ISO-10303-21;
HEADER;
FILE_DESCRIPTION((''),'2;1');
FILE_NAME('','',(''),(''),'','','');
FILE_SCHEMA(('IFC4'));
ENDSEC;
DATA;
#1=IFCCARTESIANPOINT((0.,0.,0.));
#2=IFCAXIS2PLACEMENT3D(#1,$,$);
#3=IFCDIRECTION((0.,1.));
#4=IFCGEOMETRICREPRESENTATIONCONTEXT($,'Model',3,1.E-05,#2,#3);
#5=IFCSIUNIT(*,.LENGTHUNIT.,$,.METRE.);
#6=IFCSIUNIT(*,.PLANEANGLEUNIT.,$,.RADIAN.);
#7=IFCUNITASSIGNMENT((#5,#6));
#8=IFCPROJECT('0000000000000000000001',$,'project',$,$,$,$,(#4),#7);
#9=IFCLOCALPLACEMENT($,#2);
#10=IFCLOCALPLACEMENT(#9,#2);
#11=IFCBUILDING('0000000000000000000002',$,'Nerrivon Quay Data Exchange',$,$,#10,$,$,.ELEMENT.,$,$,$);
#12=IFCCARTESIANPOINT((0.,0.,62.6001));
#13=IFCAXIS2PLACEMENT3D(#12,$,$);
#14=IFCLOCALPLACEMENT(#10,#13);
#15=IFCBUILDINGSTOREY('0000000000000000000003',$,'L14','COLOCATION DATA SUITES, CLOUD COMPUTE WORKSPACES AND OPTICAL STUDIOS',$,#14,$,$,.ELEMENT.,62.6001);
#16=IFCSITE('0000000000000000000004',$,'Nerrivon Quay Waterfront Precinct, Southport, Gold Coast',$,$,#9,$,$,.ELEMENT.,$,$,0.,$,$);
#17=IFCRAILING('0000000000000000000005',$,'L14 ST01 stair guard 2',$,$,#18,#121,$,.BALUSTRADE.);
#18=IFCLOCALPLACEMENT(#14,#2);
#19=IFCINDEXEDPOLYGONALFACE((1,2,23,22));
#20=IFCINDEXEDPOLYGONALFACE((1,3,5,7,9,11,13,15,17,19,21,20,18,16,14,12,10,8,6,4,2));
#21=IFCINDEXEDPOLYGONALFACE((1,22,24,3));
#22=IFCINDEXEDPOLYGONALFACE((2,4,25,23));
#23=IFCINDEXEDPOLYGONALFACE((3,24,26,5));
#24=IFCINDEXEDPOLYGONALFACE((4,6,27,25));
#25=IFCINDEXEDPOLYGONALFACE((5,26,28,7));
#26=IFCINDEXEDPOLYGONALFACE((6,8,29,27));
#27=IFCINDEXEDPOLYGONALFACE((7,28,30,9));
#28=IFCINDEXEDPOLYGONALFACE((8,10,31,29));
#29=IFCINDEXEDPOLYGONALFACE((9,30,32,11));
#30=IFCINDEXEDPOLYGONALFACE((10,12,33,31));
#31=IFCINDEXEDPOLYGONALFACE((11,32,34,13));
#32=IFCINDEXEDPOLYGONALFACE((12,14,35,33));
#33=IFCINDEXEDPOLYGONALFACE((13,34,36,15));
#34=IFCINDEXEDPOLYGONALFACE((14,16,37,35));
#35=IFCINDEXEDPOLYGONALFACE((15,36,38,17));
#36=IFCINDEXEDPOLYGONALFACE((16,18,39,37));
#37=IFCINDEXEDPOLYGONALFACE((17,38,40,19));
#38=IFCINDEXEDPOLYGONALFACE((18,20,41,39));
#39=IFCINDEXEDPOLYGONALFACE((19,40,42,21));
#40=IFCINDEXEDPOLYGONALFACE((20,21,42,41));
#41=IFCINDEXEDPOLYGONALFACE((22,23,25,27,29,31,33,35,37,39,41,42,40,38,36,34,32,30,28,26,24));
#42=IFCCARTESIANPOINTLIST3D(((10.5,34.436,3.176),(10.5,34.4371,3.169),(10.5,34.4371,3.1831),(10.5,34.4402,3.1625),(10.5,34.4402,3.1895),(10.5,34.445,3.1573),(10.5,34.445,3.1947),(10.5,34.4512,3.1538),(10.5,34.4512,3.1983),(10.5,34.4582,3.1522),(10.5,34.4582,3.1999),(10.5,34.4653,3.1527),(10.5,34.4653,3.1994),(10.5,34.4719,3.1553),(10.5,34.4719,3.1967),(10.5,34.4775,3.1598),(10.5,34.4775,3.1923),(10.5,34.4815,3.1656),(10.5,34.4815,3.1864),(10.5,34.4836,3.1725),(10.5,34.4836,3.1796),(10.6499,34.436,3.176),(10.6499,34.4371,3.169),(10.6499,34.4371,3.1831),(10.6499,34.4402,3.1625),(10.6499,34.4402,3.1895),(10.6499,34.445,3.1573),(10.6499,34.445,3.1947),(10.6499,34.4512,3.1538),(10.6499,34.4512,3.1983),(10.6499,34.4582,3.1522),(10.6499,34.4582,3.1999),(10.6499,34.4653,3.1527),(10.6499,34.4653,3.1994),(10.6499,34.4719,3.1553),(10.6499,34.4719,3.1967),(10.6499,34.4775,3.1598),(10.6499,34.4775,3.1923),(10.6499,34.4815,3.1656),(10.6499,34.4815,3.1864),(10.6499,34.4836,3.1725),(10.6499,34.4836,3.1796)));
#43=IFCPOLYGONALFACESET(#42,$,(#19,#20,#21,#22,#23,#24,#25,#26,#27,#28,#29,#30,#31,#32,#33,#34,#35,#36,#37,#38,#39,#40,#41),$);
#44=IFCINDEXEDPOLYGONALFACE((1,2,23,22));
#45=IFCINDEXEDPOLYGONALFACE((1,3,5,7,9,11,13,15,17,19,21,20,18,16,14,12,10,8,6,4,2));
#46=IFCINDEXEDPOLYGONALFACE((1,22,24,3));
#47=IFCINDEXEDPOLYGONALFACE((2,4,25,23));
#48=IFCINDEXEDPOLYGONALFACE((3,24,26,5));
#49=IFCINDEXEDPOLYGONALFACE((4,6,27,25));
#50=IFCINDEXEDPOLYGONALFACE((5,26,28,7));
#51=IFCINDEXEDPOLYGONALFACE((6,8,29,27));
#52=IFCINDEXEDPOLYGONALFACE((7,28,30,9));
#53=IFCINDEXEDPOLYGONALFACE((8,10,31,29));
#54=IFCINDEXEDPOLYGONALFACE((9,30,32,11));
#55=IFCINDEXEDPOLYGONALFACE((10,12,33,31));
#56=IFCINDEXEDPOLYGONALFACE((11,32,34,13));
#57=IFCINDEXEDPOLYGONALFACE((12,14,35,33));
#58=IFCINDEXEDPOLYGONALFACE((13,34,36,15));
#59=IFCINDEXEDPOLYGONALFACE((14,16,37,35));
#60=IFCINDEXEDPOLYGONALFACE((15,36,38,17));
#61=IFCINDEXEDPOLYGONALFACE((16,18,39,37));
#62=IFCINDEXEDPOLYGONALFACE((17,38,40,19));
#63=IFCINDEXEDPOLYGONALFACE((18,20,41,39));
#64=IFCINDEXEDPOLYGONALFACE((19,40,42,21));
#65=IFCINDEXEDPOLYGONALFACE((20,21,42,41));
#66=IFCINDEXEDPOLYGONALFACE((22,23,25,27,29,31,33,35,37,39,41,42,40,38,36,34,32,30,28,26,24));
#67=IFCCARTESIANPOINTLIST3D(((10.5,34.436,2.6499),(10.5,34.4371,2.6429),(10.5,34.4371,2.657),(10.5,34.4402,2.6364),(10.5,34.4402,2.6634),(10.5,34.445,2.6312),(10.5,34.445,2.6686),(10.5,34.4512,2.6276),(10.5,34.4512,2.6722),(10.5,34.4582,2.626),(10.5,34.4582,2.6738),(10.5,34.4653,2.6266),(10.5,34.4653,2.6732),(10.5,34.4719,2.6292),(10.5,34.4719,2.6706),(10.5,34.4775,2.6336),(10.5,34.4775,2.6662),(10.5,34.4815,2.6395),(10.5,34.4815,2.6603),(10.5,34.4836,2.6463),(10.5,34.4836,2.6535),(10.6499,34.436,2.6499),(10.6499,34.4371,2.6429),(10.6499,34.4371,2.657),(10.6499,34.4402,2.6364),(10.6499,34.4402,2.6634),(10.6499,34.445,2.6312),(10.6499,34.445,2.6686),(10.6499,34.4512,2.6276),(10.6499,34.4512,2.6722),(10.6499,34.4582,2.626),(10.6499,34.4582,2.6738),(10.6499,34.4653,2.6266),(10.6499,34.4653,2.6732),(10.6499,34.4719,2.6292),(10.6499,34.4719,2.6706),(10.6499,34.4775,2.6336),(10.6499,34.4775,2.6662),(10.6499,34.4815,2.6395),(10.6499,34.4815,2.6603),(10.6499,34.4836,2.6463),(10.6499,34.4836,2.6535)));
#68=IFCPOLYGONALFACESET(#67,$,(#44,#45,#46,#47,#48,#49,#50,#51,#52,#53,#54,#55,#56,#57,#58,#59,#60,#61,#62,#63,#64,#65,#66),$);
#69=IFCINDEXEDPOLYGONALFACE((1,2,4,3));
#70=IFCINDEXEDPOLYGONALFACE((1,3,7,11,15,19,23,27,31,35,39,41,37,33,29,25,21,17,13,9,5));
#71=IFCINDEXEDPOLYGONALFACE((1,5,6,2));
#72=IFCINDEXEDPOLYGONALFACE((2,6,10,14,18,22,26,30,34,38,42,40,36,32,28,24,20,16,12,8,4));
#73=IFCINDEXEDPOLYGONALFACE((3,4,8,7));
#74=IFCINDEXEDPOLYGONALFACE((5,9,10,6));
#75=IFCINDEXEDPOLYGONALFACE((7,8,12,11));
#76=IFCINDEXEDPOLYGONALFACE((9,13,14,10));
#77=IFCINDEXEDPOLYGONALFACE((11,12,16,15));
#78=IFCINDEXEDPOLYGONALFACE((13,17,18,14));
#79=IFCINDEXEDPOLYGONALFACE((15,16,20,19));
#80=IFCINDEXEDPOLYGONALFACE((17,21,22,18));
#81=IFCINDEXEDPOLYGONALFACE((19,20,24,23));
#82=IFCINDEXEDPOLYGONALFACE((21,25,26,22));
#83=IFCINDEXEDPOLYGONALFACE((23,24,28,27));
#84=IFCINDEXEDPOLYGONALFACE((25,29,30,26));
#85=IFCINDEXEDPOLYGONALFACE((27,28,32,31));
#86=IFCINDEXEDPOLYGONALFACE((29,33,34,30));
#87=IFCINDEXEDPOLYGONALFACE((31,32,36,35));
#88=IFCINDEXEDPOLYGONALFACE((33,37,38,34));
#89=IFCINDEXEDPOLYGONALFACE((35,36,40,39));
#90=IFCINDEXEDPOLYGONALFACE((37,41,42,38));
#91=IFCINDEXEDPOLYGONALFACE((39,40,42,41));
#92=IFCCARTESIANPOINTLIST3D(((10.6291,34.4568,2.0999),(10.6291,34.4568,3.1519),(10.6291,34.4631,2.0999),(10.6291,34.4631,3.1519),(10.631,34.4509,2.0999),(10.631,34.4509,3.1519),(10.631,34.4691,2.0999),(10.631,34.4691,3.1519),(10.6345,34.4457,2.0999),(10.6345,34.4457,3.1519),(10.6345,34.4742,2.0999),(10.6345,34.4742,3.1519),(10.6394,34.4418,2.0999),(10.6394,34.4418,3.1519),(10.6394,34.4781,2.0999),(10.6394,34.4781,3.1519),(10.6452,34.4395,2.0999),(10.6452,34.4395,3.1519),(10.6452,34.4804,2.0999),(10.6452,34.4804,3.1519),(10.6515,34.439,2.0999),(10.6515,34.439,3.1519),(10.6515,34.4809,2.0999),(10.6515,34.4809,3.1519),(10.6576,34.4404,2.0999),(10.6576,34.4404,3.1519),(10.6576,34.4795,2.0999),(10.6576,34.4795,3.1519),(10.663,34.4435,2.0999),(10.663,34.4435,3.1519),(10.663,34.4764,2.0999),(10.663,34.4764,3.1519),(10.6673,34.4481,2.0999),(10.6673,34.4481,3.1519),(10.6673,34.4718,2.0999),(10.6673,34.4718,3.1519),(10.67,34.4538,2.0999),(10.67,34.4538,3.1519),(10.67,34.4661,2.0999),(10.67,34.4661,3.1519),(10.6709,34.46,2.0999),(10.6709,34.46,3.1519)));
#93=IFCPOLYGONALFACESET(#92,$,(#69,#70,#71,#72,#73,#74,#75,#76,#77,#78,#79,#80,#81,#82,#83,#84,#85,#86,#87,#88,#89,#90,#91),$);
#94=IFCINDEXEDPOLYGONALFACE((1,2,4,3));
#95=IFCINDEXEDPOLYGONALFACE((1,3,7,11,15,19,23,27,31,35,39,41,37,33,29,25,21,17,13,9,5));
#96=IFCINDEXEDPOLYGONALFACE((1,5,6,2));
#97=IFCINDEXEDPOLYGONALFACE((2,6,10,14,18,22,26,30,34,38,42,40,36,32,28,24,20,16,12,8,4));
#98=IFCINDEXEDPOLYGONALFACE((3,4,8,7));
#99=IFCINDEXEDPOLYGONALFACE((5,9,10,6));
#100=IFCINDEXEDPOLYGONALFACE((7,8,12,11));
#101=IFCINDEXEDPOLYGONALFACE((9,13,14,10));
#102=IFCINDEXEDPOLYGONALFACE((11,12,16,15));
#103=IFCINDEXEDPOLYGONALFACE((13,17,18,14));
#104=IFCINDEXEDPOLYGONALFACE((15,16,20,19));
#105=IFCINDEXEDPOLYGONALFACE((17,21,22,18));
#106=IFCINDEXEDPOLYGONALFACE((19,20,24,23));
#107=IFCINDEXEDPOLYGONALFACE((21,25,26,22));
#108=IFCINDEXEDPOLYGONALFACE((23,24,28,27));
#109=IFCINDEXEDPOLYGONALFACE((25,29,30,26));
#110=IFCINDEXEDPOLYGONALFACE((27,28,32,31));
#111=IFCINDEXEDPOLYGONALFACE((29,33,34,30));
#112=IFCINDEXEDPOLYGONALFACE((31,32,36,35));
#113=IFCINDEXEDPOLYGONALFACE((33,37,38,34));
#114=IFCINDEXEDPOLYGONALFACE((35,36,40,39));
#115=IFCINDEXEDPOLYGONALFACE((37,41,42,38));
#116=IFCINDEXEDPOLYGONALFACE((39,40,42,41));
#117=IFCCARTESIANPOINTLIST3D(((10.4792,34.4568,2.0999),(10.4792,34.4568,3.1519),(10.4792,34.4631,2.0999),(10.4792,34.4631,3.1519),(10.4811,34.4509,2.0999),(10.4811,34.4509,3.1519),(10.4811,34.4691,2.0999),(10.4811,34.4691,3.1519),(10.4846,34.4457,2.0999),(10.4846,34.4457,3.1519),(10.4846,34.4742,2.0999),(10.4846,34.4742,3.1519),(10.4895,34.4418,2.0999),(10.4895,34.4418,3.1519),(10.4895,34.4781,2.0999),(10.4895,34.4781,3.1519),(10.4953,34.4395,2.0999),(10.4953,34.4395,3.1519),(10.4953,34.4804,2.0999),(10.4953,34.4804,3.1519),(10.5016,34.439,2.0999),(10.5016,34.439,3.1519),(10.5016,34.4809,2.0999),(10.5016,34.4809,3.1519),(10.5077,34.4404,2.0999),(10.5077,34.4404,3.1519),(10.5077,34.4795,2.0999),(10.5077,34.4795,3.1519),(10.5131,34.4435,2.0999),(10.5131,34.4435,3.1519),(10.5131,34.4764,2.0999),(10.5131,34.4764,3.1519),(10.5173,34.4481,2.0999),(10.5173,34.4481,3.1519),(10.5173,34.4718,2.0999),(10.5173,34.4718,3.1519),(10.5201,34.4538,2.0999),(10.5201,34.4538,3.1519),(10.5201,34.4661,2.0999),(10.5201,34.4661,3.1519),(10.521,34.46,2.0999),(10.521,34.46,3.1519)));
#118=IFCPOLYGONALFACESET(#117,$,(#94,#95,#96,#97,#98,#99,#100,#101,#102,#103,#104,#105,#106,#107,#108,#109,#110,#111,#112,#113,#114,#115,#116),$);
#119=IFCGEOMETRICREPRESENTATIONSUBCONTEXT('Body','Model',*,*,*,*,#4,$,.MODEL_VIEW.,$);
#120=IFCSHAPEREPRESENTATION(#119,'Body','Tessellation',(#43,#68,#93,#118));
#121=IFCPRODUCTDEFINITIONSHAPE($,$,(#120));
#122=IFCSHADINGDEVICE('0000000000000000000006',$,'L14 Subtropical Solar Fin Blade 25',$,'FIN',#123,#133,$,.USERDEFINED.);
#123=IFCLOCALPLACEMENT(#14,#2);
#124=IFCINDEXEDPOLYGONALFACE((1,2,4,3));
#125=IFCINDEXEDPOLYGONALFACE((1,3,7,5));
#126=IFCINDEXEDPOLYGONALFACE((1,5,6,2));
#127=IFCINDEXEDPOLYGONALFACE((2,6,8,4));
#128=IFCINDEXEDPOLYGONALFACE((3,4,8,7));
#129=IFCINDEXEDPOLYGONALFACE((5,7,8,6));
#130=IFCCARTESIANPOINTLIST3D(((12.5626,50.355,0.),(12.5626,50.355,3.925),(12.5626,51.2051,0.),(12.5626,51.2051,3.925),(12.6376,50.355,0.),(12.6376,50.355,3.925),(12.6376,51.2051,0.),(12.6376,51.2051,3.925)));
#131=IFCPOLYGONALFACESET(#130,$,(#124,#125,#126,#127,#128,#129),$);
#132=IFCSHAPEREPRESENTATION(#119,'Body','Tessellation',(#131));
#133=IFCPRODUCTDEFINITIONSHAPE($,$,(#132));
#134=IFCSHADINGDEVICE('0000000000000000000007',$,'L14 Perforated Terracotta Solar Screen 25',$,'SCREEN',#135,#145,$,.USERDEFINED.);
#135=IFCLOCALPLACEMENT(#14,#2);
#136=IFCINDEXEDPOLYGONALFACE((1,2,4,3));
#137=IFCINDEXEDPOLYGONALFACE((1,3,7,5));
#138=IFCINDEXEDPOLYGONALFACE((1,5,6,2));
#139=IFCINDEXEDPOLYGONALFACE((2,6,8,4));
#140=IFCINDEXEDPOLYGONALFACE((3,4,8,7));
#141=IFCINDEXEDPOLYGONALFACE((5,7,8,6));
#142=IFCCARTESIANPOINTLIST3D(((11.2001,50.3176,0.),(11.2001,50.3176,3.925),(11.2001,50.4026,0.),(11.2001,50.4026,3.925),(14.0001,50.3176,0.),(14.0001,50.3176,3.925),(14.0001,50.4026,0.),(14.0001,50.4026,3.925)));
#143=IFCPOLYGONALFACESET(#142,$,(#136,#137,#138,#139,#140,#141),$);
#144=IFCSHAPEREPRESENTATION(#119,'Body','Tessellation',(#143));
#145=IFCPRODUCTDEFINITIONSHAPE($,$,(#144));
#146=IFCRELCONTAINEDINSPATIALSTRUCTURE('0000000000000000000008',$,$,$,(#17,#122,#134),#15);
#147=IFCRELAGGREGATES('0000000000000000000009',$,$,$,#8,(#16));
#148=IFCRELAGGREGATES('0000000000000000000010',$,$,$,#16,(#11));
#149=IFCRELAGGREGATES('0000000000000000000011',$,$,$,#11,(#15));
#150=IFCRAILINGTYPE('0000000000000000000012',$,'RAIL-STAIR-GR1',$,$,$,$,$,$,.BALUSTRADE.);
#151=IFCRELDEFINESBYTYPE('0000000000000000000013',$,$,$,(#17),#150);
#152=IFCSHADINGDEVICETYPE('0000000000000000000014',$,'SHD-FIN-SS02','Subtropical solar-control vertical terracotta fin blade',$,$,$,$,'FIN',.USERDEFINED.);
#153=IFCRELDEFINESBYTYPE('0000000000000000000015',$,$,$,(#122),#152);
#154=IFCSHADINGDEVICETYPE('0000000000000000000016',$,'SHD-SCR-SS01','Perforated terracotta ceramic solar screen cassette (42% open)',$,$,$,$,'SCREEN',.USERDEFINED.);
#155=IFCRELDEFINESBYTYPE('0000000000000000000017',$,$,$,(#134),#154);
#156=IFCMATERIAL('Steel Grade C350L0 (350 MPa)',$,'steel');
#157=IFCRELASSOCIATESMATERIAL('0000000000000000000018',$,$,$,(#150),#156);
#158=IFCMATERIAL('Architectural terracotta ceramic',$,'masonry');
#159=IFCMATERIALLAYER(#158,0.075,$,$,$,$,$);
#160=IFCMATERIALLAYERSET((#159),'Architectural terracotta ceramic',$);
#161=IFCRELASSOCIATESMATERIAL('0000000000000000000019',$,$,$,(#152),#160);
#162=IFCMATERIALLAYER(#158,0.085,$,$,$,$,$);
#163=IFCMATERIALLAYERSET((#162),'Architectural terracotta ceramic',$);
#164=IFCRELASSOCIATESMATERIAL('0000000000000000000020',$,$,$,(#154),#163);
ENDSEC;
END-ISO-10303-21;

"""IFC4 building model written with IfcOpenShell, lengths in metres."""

from ifc_helpers import new_model, si_unit, direction, frame, origin, origin_2d, place, context, subcontext, project, spatial, rectangle, circle, extrude, material, layer, layer_set, type_object, element, save


model = new_model("IFC4")

# Units and contexts
model_context = context("Model", 3, precision=1e-05, world=origin(), true_north=direction((0.0, 1.0)))
body_context = subcontext(model_context, "Body", "Model", "MODEL_VIEW")
ifc_project = project(units=[si_unit("LENGTHUNIT", "METRE"), si_unit("PLANEANGLEUNIT", "RADIAN")], contexts=[model_context])

# Site, building, storey
site_placement = place(None, origin())
site = spatial("IfcSite", under=ifc_project, at=site_placement, Name="Nerrivon Quay Waterfront Precinct, Southport, Gold Coast", CompositionType="ELEMENT", RefElevation=0.0)
building_placement = place(site_placement, origin())
building = spatial("IfcBuilding", under=site, at=building_placement, Name="Nerrivon Quay Data Exchange", CompositionType="ELEMENT")
storey_placement = place(building_placement, frame((0.0, 0.0, 62.6001)))
storey = spatial("IfcBuildingStorey", under=building, at=storey_placement, Name="L14", Description="COLOCATION DATA SUITES, CLOUD COMPUTE WORKSPACES AND OPTICAL STUDIOS", CompositionType="ELEMENT", Elevation=62.6001)

# Shared definitions
ifc_material_1 = material(Name="Architectural terracotta ceramic", Category="masonry")

# Railing
ifc_material_2 = material(Name="Steel Grade C350L0 (350 MPa)", Category="steel")
railing_type_1 = type_object("IfcRailingType", Name="RAIL-STAIR-GR1", PredefinedType="BALUSTRADE", material=ifc_material_2)
railing_1_placement = place(storey_placement, frame((10.6499, 34.46, 2.0999)))
element("IfcRailing", 1, at=railing_1_placement, inside=storey, type_object=railing_type_1, Name="L14 ST01 stair guard 2", PredefinedType="BALUSTRADE", context=body_context, shape_type="SweptSolid", body=[
    extrude(circle(Radius=0.0239, at=origin_2d()), frame((0.0, 0.0, 1.0762), z_axis=(-1.0, 0.0, 0.0), x_axis=(0.0, -1.0, 0.0)), (0.0, 0.0, 1.0), 0.1499),
    extrude(circle(Radius=0.0239, at=origin_2d()), frame((0.0, 0.0, 0.55), z_axis=(-1.0, 0.0, 0.0), x_axis=(0.0, -1.0, 0.0)), (0.0, 0.0, 1.0), 0.1499),
    extrude(circle(Radius=0.021, at=origin_2d()), origin(), (0.0, 0.0, 1.0), 1.052),
    extrude(circle(Radius=0.021, at=origin_2d()), frame((-0.1499, 0.0, 0.0)), (0.0, 0.0, 1.0), 1.052),
])

# Shading devices
ifc_layer_1 = layer(ifc_material_1, 0.075)
ifc_layer_set_1 = layer_set([ifc_layer_1], Name="Architectural terracotta ceramic")
shading_device_type_1 = type_object("IfcShadingDeviceType", Name="SHD-FIN-SS02", Description="Subtropical solar-control vertical terracotta fin blade", ElementType="FIN", PredefinedType="USERDEFINED", material=ifc_layer_set_1)
shading_device_1_placement = place(storey_placement, frame((12.6001, 50.78, 0.0), z_axis=(0.0, 0.0, 1.0), x_axis=(1.0, 0.0, 0.0)))
element("IfcShadingDevice", 2, at=shading_device_1_placement, inside=storey, type_object=shading_device_type_1, Name="L14 Subtropical Solar Fin Blade 25", ObjectType="FIN", PredefinedType="USERDEFINED", context=body_context, shape_type="SweptSolid", body=[
    extrude(rectangle(XDim=0.075, YDim=0.8501, at=origin_2d()), origin(), (0.0, 0.0, 1.0), 3.925),
])
ifc_layer_2 = layer(ifc_material_1, 0.085)
ifc_layer_set_2 = layer_set([ifc_layer_2], Name="Architectural terracotta ceramic")
shading_device_type_2 = type_object("IfcShadingDeviceType", Name="SHD-SCR-SS01", Description="Perforated terracotta ceramic solar screen cassette (42% open)", ElementType="SCREEN", PredefinedType="USERDEFINED", material=ifc_layer_set_2)
shading_device_2_placement = place(storey_placement, frame((12.6001, 50.3601, 0.0), z_axis=(0.0, 0.0, 1.0), x_axis=(1.0, 0.0, 0.0)))
element("IfcShadingDevice", 3, at=shading_device_2_placement, inside=storey, type_object=shading_device_type_2, Name="L14 Perforated Terracotta Solar Screen 25", ObjectType="SCREEN", PredefinedType="USERDEFINED", context=body_context, shape_type="SweptSolid", body=[
    extrude(rectangle(XDim=2.8, YDim=0.085, at=origin_2d()), origin(), (0.0, 0.0, 1.0), 3.925),
])

save(model, "model.ifc")
